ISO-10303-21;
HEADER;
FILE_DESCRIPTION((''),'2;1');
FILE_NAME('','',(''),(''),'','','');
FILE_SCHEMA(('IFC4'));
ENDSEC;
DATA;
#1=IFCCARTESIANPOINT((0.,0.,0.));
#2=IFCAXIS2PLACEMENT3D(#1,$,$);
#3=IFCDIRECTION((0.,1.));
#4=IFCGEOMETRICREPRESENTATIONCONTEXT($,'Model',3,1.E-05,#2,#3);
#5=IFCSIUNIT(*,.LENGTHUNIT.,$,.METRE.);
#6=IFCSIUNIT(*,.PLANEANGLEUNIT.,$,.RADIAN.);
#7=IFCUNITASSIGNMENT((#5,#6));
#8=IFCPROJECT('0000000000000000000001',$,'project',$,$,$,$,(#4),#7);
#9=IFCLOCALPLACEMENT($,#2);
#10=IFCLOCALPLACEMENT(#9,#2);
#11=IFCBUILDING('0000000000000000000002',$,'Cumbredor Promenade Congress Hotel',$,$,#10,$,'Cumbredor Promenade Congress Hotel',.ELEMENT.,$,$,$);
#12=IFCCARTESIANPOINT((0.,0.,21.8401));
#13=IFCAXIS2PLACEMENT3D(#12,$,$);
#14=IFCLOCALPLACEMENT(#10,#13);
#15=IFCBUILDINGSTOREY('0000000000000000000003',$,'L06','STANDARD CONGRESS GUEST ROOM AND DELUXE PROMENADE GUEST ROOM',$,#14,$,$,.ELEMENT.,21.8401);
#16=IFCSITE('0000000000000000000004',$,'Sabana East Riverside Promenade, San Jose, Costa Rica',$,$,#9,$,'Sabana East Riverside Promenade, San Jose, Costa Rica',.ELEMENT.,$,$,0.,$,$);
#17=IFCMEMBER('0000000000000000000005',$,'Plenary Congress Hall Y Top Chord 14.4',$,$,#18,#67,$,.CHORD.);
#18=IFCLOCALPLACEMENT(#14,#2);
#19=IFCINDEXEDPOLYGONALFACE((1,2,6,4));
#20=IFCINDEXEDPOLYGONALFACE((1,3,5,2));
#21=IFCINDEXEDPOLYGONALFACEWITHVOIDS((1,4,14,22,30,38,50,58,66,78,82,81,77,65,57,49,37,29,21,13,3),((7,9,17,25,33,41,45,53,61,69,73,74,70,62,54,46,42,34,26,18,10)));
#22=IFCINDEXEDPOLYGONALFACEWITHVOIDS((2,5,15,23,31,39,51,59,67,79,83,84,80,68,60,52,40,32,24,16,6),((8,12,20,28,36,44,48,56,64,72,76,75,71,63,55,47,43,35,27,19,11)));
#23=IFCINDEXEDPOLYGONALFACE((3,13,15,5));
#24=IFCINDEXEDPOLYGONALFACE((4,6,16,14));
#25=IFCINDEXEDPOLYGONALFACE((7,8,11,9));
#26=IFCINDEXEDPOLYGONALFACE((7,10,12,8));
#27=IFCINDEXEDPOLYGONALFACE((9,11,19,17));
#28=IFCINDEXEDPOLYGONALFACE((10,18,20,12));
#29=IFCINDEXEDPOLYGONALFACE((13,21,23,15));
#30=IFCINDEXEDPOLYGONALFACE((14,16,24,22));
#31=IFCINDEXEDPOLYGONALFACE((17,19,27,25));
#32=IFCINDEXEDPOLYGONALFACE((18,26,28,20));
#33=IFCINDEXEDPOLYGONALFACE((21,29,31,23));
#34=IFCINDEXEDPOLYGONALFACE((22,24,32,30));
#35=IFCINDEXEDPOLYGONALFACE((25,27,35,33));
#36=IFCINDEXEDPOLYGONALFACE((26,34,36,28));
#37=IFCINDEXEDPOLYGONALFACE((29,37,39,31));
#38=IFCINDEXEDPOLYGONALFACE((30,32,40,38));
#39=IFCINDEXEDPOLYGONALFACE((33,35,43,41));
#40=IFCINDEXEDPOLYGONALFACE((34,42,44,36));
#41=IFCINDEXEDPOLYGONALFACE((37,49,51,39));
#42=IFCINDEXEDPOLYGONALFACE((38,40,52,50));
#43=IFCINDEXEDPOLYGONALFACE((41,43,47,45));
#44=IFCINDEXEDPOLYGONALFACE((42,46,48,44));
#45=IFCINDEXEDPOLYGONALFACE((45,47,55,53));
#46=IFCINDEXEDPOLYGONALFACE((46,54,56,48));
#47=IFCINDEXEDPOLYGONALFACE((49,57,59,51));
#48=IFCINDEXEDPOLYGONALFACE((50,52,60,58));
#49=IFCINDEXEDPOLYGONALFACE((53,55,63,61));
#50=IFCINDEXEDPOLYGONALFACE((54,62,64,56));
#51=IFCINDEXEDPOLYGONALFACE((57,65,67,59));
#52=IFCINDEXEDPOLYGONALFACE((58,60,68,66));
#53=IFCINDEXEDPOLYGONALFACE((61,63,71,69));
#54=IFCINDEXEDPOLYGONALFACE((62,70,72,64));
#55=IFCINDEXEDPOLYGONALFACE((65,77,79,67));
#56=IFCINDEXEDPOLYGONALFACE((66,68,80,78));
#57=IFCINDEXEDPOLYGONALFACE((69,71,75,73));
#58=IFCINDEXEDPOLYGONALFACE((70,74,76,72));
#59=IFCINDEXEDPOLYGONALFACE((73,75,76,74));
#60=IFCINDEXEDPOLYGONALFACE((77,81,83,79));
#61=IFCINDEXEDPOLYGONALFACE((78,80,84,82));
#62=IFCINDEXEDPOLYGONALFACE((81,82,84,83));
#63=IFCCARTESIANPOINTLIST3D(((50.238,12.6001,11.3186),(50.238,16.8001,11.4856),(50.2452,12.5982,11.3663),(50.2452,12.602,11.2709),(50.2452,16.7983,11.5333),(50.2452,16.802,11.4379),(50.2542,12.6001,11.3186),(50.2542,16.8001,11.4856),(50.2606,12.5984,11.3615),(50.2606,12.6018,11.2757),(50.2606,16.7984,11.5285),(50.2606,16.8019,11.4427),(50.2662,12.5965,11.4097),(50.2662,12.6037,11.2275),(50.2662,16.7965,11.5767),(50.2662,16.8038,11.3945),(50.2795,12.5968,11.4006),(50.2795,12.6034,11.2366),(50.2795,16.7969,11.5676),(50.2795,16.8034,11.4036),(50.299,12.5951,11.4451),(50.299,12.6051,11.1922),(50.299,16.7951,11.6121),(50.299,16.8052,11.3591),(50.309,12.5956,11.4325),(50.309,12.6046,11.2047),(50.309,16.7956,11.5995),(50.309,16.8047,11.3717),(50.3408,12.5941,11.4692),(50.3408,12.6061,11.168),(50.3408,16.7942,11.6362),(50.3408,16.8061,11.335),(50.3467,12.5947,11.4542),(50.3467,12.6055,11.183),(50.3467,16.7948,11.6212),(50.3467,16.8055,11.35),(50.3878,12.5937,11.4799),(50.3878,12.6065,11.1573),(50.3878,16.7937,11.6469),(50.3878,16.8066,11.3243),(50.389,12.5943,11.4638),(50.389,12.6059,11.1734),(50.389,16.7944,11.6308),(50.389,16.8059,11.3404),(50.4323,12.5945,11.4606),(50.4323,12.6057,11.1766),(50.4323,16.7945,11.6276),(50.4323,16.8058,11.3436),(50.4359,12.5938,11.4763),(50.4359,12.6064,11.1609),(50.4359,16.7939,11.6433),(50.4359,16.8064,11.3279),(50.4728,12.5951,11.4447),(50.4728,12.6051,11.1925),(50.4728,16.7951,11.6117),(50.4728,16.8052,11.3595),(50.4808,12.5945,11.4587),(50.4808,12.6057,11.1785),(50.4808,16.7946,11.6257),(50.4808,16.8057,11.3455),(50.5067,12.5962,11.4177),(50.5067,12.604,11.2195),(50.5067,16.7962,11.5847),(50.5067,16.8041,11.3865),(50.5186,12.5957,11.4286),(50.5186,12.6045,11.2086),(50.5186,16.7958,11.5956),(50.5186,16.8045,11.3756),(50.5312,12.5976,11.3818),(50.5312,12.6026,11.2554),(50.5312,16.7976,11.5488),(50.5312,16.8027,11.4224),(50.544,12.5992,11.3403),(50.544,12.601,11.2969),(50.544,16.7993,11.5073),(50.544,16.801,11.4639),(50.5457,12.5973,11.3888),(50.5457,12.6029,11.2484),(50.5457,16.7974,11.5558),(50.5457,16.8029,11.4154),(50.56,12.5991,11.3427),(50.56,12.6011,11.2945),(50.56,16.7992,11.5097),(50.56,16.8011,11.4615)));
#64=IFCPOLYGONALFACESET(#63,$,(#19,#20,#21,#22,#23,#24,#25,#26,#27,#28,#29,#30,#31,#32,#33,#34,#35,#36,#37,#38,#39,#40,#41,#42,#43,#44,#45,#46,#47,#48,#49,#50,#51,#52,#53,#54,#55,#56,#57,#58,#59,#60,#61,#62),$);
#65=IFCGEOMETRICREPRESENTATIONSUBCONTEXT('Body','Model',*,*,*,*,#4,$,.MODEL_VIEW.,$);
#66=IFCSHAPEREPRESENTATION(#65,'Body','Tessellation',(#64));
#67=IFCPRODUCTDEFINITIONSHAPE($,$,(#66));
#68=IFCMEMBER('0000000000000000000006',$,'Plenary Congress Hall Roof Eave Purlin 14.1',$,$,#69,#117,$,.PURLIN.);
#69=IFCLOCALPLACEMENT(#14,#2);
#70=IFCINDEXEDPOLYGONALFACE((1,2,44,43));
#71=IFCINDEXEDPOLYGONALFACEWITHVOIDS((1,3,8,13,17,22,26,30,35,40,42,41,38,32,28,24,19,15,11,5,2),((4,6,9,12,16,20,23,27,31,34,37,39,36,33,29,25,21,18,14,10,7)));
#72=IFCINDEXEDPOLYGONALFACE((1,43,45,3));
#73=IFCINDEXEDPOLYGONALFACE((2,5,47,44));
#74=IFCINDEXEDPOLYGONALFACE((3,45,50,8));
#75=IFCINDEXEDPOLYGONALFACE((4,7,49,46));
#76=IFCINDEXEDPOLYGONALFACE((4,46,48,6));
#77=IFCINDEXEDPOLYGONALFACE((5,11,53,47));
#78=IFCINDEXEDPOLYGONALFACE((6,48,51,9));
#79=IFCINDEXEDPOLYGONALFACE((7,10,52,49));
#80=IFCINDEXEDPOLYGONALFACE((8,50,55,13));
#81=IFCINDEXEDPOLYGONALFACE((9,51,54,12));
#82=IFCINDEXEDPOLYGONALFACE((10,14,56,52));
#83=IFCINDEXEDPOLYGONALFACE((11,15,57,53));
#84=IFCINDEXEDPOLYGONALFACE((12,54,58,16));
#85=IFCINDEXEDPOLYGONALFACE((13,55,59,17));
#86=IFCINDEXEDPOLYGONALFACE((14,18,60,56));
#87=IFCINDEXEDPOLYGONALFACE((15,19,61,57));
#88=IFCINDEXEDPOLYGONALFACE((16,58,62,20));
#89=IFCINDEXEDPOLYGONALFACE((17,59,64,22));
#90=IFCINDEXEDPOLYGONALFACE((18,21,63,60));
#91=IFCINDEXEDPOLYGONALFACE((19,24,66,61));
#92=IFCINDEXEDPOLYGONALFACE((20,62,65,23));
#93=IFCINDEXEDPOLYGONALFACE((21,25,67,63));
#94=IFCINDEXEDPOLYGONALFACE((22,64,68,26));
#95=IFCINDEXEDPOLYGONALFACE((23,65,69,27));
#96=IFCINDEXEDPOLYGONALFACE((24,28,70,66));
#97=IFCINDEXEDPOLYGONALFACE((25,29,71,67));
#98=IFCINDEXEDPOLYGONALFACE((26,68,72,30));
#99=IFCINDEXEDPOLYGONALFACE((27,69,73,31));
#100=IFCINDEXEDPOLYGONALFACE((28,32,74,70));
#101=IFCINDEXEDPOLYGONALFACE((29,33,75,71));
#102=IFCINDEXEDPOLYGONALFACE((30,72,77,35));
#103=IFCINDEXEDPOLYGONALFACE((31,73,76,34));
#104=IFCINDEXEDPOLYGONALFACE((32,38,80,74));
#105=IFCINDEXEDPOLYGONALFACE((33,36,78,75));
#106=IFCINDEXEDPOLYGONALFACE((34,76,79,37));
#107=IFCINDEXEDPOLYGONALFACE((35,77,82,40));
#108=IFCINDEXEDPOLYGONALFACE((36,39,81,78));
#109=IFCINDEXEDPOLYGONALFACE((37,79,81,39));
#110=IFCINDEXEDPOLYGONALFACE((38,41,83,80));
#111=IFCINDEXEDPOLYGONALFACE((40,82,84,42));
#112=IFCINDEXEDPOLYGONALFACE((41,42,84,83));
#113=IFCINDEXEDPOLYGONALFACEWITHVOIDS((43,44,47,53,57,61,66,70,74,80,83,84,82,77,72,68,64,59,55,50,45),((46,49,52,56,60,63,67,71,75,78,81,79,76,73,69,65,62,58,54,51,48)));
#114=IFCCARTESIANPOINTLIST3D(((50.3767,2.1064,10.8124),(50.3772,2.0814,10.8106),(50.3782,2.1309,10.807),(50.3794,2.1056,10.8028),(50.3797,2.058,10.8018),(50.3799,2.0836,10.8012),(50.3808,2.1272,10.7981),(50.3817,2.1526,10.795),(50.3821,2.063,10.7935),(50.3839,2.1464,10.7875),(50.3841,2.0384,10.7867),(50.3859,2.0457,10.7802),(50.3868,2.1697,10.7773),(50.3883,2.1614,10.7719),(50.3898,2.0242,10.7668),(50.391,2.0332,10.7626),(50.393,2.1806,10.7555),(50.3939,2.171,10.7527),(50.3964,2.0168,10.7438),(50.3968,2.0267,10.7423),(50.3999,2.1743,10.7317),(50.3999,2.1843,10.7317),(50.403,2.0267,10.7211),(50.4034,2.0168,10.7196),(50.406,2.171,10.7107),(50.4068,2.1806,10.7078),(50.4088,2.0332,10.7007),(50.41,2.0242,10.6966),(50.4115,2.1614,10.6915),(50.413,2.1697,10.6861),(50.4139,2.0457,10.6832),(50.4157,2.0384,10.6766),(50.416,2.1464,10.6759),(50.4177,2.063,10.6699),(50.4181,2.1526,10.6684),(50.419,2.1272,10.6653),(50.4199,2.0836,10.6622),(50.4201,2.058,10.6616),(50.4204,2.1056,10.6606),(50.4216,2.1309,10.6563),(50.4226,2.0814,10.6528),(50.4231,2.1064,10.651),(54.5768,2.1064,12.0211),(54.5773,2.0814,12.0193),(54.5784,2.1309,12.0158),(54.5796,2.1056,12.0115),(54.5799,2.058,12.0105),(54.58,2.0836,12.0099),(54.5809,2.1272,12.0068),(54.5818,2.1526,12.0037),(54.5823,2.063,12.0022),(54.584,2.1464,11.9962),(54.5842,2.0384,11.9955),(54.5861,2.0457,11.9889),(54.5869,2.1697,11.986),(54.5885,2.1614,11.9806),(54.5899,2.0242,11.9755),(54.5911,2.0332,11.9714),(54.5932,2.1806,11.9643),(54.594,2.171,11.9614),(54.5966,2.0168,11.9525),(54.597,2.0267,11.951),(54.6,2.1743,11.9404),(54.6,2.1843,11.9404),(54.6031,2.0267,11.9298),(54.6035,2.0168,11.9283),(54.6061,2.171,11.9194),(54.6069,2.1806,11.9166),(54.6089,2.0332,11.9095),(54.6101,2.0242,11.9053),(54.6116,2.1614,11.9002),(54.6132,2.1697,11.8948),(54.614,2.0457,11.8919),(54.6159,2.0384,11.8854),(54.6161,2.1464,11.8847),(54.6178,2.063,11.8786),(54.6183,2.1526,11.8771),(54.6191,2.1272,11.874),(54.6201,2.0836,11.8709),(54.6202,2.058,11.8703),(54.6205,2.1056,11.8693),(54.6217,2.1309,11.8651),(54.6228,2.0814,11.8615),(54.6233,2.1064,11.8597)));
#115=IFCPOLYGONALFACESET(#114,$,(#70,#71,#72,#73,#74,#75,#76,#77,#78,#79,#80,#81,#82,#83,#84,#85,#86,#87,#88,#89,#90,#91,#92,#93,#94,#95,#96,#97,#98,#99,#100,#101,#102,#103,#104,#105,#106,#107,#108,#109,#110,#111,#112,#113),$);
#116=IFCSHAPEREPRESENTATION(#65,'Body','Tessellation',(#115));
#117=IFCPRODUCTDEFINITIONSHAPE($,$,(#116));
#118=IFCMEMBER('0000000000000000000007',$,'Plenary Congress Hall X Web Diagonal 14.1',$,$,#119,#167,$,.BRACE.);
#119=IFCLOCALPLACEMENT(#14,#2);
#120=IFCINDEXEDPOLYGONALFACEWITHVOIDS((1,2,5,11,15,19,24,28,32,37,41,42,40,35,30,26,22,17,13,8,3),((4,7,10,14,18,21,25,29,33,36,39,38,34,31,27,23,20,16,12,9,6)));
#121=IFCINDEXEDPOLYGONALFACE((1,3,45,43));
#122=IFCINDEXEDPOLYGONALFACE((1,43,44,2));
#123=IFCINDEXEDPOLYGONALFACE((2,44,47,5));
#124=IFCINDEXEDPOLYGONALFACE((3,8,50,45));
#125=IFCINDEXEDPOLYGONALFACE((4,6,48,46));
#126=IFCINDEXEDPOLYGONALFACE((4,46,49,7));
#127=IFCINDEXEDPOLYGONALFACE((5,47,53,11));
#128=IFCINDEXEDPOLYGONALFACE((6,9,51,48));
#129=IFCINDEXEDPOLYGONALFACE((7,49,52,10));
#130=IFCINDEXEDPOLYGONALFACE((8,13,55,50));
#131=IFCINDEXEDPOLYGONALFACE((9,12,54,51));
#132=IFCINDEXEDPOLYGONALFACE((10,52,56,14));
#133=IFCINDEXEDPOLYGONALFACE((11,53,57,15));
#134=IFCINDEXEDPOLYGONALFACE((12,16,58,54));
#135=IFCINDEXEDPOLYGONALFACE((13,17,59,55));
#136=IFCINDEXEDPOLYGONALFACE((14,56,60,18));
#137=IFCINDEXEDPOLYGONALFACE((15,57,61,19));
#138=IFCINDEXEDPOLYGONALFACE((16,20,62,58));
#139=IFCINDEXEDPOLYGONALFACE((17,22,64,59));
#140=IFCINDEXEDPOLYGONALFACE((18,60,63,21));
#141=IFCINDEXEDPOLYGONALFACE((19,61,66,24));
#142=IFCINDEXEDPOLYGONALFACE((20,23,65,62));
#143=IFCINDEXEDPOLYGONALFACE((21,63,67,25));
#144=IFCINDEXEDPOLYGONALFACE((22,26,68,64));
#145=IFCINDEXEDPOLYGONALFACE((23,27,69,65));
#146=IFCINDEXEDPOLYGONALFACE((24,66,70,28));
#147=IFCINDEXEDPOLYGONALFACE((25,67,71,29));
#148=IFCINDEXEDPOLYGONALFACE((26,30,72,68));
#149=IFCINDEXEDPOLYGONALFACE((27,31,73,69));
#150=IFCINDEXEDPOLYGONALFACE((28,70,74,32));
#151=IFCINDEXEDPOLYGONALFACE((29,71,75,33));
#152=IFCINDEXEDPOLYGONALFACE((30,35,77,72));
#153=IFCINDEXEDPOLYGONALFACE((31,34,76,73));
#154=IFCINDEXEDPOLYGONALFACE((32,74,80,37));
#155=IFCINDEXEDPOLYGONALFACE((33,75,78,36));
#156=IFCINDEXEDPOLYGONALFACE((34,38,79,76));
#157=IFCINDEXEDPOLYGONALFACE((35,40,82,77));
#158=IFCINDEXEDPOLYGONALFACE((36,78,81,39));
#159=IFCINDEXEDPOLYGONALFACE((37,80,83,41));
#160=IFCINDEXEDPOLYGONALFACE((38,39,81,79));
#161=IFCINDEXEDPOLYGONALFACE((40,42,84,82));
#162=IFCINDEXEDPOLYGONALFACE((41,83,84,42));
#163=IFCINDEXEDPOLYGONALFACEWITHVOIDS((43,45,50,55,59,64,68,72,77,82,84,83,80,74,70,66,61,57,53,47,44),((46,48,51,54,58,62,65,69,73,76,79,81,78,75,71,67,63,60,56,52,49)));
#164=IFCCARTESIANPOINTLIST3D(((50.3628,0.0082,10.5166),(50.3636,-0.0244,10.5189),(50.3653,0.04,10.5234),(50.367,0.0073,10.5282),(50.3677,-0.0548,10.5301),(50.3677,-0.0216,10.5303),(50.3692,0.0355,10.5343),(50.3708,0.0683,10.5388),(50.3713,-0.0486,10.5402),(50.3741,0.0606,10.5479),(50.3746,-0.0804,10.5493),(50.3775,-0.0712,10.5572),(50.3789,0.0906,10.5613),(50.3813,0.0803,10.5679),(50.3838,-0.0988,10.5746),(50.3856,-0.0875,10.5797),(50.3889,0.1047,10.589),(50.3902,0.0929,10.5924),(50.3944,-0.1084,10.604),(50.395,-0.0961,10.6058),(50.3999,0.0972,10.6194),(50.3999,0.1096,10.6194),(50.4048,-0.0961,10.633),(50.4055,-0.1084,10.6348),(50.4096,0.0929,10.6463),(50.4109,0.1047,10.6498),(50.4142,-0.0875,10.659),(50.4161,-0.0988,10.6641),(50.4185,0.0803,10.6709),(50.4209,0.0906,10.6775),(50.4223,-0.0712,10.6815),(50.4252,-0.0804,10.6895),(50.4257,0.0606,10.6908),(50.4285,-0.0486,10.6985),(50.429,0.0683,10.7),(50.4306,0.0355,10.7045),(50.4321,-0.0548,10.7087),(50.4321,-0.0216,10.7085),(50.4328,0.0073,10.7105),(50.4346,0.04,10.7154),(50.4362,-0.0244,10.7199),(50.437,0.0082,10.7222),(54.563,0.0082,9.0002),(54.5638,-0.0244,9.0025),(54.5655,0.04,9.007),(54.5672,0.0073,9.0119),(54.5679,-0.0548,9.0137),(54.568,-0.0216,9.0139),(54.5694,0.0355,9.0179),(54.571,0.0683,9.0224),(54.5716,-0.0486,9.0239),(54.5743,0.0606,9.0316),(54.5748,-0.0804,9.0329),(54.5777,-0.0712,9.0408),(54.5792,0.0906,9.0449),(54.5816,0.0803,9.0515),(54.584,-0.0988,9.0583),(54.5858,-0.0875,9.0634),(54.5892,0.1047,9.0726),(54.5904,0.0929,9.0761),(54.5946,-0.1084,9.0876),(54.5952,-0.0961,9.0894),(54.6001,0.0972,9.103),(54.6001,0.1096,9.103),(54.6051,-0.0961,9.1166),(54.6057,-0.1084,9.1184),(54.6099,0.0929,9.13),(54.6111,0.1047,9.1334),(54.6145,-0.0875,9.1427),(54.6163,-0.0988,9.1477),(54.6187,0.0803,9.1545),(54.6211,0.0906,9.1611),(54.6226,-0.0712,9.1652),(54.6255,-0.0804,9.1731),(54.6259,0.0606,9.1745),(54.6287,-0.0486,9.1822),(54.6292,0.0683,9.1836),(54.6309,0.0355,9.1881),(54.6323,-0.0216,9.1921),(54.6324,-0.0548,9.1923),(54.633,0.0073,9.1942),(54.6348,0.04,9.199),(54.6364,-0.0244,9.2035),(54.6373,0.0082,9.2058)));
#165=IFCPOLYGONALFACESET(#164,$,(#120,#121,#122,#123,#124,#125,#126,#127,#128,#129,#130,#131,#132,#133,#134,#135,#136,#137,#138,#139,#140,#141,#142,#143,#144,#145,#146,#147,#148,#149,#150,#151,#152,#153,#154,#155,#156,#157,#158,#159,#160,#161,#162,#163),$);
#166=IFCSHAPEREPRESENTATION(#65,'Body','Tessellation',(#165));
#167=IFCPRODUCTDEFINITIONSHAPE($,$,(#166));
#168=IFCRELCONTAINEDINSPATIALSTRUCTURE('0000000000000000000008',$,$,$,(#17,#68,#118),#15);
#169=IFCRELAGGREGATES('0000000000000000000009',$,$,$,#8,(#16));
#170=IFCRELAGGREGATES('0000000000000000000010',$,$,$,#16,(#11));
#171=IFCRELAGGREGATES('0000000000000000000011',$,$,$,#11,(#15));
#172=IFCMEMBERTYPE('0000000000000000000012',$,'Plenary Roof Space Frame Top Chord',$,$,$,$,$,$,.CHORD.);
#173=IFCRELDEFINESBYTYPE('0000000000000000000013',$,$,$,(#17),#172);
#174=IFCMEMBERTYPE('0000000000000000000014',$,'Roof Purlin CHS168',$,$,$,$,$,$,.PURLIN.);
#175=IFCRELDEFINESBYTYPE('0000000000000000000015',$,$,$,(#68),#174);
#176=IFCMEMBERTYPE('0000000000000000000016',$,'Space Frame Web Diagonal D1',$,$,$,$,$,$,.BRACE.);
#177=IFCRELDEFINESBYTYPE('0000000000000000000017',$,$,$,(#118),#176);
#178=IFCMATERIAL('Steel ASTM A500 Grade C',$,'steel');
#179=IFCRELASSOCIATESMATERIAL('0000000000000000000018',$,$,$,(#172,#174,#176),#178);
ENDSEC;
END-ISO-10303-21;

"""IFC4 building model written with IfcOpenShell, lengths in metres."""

from ifc_helpers import new_model, si_unit, direction, frame, origin, origin_2d, place, context, subcontext, project, spatial, hollow_circle, extrude, material, material_profile, profile_set, type_object, element, save


model = new_model("IFC4")

# Units and contexts
model_context = context("Model", 3, precision=1e-05, world=origin(), true_north=direction((0.0, 1.0)))
body_context = subcontext(model_context, "Body", "Model", "MODEL_VIEW")
ifc_project = project(units=[si_unit("LENGTHUNIT", "METRE"), si_unit("PLANEANGLEUNIT", "RADIAN")], contexts=[model_context])

# Site, building, storey
site_placement = place(None, origin())
site = spatial("IfcSite", under=ifc_project, at=site_placement, Name="Sabana East Riverside Promenade, San Jose, Costa Rica", LongName="Sabana East Riverside Promenade, San Jose, Costa Rica", CompositionType="ELEMENT", RefElevation=0.0)
building_placement = place(site_placement, origin())
building = spatial("IfcBuilding", under=site, at=building_placement, Name="Cumbredor Promenade Congress Hotel", LongName="Cumbredor Promenade Congress Hotel", CompositionType="ELEMENT")
storey_placement = place(building_placement, frame((0.0, 0.0, 21.8401)))
storey = spatial("IfcBuildingStorey", under=building, at=storey_placement, Name="L06", Description="STANDARD CONGRESS GUEST ROOM AND DELUXE PROMENADE GUEST ROOM", CompositionType="ELEMENT", Elevation=21.8401)

# Members
ifc_material_1 = material(Name="Steel ASTM A500 Grade C", Category="steel")
ifc_material_profile_1 = material_profile(ifc_material_1, hollow_circle(Radius=0.1619, WallThickness=0.0161, at=origin_2d()), Name="CHS 323.9x16")
ifc_profile_set_1 = profile_set([ifc_material_profile_1], Name="Steel ASTM A500 Grade C")
member_type_1 = type_object("IfcMemberType", Name="Plenary Roof Space Frame Top Chord", PredefinedType="CHORD", material=ifc_profile_set_1)
member_1_placement = place(storey_placement, frame((50.3999, 12.6001, 11.3186), z_axis=(0.0, 0.99921, 0.039729), x_axis=(-1.0, 0.0, 0.0)))
element("IfcMember", 1, at=member_1_placement, inside=storey, type_object=member_type_1, Name="Plenary Congress Hall Y Top Chord 14.4", PredefinedType="CHORD", context=body_context, shape_type="SweptSolid", body=[
    extrude(hollow_circle(Radius=0.1619, WallThickness=0.0161, at=origin_2d()), origin(), (0.0, 0.0, 1.0), 4.2034),
])
ifc_material_profile_2 = material_profile(ifc_material_1, hollow_circle(Radius=0.0842, WallThickness=0.01, at=origin_2d()), Name="CHS 168.3x10")
ifc_profile_set_2 = profile_set([ifc_material_profile_2], Name="Steel ASTM A500 Grade C")
member_type_2 = type_object("IfcMemberType", Name="Roof Purlin CHS168", PredefinedType="PURLIN", material=ifc_profile_set_2)
member_2_placement = place(storey_placement, frame((50.3999, 2.1001, 10.7317), z_axis=(0.960997, 0.0, 0.276558), x_axis=(0.0, 1.0, 0.0)))
element("IfcMember", 2, at=member_2_placement, inside=storey, type_object=member_type_2, Name="Plenary Congress Hall Roof Eave Purlin 14.1", PredefinedType="PURLIN", context=body_context, shape_type="SweptSolid", body=[
    extrude(hollow_circle(Radius=0.0842, WallThickness=0.01, at=origin_2d()), origin(), (0.0, 0.0, 1.0), 4.3706),
])
ifc_material_profile_3 = material_profile(ifc_material_1, hollow_circle(Radius=0.1096, WallThickness=0.0125, at=origin_2d()), Name="CHS 219.1x12.5")
ifc_profile_set_3 = profile_set([ifc_material_profile_3], Name="Steel ASTM A500 Grade C")
member_type_3 = type_object("IfcMemberType", Name="Space Frame Web Diagonal D1", PredefinedType="BRACE", material=ifc_profile_set_3)
member_3_placement = place(storey_placement, frame((50.3999, 0.0, 10.6194), z_axis=(0.940581, 0.0, -0.339569), x_axis=(0.0, 1.0, 0.0)))
element("IfcMember", 3, at=member_3_placement, inside=storey, type_object=member_type_3, Name="Plenary Congress Hall X Web Diagonal 14.1", PredefinedType="BRACE", context=body_context, shape_type="SweptSolid", body=[
    extrude(hollow_circle(Radius=0.1096, WallThickness=0.0125, at=origin_2d()), origin(), (0.0, 0.0, 1.0), 4.4656),
])

save(model, "model.ifc")
